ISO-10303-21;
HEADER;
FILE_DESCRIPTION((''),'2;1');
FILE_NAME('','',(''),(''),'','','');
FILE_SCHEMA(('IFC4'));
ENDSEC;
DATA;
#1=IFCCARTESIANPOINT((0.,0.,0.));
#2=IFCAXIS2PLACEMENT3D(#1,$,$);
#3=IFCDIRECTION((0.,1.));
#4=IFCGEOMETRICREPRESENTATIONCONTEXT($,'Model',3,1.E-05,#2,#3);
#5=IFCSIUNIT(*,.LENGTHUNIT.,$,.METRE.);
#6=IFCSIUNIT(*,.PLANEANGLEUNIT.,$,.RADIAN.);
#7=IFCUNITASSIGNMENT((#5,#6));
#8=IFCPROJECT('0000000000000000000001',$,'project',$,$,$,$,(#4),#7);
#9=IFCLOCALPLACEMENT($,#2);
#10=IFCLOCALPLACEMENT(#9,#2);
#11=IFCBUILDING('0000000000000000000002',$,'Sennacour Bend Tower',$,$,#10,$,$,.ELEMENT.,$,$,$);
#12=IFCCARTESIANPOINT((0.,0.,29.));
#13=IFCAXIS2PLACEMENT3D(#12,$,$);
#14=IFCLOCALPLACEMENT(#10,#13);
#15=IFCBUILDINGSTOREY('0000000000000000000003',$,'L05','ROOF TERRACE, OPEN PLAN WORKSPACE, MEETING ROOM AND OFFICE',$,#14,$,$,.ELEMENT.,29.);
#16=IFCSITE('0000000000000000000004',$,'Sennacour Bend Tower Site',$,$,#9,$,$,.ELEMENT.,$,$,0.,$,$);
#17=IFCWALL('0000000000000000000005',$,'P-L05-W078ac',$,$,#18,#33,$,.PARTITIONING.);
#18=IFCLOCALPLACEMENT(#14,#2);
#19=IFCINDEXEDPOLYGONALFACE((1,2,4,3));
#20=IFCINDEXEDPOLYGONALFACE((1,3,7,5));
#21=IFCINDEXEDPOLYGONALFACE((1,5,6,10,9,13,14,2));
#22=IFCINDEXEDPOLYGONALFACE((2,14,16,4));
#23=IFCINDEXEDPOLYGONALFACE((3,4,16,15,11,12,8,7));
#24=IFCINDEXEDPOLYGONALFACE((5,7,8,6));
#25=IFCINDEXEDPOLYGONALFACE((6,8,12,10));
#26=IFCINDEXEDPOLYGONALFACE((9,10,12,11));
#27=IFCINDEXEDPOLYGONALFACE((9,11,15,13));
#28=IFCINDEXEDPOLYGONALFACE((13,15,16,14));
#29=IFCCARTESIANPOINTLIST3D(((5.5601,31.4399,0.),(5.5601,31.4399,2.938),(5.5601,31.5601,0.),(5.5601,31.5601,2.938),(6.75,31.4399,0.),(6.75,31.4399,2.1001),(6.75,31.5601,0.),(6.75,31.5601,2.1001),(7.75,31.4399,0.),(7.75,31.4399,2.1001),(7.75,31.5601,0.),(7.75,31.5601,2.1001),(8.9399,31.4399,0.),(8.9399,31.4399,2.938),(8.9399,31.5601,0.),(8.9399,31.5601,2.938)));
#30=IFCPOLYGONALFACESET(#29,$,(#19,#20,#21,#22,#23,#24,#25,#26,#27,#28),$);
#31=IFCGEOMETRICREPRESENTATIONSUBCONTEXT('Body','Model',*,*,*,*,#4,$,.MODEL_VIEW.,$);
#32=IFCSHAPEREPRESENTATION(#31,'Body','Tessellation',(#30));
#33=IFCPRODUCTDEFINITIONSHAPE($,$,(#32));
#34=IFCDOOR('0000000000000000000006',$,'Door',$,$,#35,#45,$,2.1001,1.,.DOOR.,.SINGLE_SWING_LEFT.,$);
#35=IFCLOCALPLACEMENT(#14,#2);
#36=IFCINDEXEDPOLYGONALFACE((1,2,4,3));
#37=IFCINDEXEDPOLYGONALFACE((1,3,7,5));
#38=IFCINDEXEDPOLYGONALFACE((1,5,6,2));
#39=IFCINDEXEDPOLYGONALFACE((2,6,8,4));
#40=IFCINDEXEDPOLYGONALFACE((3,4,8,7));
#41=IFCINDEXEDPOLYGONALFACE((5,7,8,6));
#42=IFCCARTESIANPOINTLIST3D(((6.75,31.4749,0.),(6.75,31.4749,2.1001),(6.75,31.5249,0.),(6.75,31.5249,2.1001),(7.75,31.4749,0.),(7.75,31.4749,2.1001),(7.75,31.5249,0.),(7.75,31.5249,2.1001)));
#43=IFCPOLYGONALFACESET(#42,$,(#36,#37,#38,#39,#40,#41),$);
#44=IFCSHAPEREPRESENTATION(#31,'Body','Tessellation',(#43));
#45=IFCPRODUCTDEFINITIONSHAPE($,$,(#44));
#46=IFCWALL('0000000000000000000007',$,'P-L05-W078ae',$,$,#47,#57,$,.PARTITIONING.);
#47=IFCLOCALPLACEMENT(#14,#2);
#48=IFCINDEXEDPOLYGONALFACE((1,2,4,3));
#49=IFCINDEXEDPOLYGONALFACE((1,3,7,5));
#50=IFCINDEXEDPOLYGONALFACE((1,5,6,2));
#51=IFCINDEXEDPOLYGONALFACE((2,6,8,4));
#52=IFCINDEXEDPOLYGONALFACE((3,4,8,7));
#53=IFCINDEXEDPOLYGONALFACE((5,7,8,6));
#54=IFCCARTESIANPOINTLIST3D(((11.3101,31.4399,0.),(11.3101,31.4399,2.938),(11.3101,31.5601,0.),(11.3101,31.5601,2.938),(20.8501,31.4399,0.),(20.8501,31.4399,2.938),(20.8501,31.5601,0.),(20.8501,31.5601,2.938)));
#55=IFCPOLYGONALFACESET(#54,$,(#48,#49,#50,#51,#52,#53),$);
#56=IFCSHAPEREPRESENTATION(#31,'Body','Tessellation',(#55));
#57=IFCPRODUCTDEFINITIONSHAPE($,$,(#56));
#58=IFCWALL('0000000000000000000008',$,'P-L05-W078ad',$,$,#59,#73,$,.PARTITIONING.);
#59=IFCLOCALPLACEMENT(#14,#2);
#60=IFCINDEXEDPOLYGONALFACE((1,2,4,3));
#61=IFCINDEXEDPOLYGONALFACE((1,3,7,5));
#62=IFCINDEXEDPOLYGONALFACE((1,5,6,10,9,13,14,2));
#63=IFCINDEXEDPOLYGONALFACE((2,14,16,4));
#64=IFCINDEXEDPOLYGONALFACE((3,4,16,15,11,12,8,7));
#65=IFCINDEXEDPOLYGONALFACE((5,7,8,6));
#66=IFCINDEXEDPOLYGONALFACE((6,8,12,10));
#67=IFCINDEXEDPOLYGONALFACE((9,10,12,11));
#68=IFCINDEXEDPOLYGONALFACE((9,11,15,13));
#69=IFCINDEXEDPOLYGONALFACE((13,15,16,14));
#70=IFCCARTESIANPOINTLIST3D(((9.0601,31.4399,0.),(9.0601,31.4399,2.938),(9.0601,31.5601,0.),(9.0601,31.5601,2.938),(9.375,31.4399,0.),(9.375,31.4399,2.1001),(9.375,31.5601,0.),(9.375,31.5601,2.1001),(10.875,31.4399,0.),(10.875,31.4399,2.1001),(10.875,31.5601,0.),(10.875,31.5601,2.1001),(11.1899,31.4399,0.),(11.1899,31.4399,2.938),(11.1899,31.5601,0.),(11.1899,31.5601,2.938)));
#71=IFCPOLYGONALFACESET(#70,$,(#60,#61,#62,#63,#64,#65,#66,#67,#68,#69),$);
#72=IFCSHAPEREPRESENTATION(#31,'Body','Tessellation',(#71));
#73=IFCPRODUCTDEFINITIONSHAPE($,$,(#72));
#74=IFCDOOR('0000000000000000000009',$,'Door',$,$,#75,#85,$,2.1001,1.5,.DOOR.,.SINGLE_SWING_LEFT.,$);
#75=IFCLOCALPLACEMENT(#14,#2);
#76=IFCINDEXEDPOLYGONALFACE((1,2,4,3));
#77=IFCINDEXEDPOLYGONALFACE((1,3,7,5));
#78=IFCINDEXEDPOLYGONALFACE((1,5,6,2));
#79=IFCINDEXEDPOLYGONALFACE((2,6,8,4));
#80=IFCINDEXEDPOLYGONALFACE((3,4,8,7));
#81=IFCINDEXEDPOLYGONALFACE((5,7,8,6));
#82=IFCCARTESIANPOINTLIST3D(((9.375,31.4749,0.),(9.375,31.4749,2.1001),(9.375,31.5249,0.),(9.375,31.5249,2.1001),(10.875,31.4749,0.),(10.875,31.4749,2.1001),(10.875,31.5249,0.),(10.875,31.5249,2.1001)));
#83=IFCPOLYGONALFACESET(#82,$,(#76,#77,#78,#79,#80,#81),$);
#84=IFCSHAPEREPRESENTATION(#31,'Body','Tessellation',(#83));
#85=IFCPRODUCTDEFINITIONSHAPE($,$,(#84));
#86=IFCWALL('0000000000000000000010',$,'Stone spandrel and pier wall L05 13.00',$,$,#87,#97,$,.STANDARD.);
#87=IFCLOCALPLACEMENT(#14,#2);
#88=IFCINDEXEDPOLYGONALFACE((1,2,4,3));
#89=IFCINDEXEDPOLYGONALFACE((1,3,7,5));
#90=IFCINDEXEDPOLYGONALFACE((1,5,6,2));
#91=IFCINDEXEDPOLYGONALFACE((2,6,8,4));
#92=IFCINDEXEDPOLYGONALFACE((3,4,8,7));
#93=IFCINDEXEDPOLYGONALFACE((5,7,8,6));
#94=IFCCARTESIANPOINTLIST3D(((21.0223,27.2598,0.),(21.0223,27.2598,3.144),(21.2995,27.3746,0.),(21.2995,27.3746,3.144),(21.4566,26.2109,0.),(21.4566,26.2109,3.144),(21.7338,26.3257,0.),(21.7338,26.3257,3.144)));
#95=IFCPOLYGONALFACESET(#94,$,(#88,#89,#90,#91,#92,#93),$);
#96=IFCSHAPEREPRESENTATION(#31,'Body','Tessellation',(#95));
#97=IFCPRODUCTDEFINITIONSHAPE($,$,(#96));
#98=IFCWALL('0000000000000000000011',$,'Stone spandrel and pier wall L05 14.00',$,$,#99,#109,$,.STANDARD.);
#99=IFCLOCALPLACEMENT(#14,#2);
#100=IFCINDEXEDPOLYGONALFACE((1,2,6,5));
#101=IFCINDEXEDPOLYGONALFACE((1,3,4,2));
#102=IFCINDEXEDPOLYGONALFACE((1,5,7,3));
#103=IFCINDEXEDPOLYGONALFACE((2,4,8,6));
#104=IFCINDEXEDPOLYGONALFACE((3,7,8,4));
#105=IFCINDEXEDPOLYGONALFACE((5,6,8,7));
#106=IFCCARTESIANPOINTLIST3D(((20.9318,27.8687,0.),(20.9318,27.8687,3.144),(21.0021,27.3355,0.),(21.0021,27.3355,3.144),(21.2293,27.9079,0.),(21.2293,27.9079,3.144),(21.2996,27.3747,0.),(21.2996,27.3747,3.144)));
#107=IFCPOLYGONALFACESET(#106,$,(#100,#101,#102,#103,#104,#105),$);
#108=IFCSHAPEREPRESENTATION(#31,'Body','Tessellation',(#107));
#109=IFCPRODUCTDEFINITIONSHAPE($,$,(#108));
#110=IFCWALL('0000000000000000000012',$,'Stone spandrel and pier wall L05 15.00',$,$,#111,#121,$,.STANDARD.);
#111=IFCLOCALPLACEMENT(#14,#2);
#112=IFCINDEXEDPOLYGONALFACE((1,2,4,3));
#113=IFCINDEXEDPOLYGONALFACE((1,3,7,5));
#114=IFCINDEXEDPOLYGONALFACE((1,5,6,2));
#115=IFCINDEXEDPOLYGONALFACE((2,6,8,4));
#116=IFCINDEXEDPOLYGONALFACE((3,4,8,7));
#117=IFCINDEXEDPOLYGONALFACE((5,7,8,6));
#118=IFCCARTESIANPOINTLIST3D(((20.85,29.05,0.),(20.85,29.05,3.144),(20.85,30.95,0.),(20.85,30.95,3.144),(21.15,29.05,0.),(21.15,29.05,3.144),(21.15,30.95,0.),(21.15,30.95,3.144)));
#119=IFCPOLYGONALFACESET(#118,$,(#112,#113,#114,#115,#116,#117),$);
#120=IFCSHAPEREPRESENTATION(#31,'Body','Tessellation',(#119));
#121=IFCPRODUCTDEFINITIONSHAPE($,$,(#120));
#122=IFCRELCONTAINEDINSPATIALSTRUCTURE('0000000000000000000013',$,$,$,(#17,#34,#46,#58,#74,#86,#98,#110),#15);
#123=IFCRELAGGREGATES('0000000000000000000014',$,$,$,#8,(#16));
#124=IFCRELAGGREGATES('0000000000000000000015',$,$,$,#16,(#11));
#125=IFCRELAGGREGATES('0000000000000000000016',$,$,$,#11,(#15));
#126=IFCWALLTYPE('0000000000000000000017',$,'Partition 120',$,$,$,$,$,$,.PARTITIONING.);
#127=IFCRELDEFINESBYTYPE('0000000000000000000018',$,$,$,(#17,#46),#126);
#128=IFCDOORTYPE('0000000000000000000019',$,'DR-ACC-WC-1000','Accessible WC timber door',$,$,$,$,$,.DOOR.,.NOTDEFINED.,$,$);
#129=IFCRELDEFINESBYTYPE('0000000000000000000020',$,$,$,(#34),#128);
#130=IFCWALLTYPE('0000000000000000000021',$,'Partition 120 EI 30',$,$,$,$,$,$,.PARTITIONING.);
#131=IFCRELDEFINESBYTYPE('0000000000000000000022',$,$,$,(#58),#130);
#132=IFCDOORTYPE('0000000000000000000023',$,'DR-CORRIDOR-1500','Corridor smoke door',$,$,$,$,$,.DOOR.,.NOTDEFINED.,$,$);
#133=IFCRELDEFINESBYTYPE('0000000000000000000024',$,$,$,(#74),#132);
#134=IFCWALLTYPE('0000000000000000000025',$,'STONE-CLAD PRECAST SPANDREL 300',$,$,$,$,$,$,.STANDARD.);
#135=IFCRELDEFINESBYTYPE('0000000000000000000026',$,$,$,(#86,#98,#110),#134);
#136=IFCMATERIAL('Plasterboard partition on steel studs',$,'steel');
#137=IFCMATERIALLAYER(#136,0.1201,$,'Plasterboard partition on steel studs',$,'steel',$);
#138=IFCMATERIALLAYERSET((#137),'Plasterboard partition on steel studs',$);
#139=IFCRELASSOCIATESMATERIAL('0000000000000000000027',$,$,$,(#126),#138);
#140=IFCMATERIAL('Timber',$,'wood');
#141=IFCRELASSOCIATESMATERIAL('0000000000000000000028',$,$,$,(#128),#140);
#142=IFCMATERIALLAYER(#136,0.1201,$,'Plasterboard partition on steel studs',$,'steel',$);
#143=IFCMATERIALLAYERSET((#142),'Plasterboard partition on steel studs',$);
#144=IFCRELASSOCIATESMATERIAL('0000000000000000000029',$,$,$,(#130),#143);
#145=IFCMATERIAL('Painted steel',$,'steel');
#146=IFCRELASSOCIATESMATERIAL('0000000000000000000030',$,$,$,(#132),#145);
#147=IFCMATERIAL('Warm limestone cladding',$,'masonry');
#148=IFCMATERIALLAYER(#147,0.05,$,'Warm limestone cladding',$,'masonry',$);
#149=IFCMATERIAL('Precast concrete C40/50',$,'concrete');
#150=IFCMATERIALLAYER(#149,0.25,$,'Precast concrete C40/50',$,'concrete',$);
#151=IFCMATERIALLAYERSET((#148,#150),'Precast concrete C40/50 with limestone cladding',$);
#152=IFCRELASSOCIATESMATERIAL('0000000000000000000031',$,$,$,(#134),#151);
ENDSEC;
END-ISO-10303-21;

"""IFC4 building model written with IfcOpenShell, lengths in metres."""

from ifc_helpers import new_model, si_unit, direction, frame, frame_2d, origin, place, context, subcontext, project, spatial, rectangle, extrude, material, layer, layer_set, type_object, element, fill, save


model = new_model("IFC4")

# Units and contexts
model_context = context("Model", 3, precision=1e-05, world=origin(), true_north=direction((0.0, 1.0)))
body_context = subcontext(model_context, "Body", "Model", "MODEL_VIEW")
ifc_project = project(units=[si_unit("LENGTHUNIT", "METRE"), si_unit("PLANEANGLEUNIT", "RADIAN")], contexts=[model_context])

# Site, building, storey
site_placement = place(None, origin())
site = spatial("IfcSite", under=ifc_project, at=site_placement, Name="Sennacour Bend Tower Site", CompositionType="ELEMENT", RefElevation=0.0)
building_placement = place(site_placement, origin())
building = spatial("IfcBuilding", under=site, at=building_placement, Name="Sennacour Bend Tower", CompositionType="ELEMENT")
storey_placement = place(building_placement, frame((0.0, 0.0, 29.0)))
storey = spatial("IfcBuildingStorey", under=building, at=storey_placement, Name="L05", Description="ROOF TERRACE, OPEN PLAN WORKSPACE, MEETING ROOM AND OFFICE", CompositionType="ELEMENT", Elevation=29.0)

# Shared definitions
ifc_material_1 = material(Name="Plasterboard partition on steel studs", Category="steel")
ifc_layer_1 = layer(ifc_material_1, 0.1201, Name="Plasterboard partition on steel studs", Category="steel")
ifc_layer_set_1 = layer_set([ifc_layer_1], Name="Plasterboard partition on steel studs")
wall_type_1 = type_object("IfcWallType", Name="Partition 120", PredefinedType="PARTITIONING", material=ifc_layer_set_1)

# Wall, opening, door
wall_1_placement = place(storey_placement, frame((5.5601, 31.5, 0.0), z_axis=(0.0, 0.0, 1.0), x_axis=(1.0, 0.0, 0.0)))
wall_1 = element("IfcWall", 1, at=wall_1_placement, inside=storey, type_object=wall_type_1, Name="P-L05-W078ac", PredefinedType="PARTITIONING", context=body_context, shape_type="SweptSolid", body=[
    extrude(rectangle(XDim=3.3799, YDim=0.1201, at=frame_2d((1.6899, 0.0))), origin(), (0.0, 0.0, 1.0), 2.938),
])
opening_1_placement = place(wall_1_placement, frame((1.1899, 0.0, 0.0)))
opening_1 = element("IfcOpeningElement", 2, at=opening_1_placement, cuts=wall_1, PredefinedType="OPENING", context=body_context, shape_type="SweptSolid", body=[
    extrude(rectangle(XDim=1.0, YDim=2.1001, at=frame_2d((0.5, 1.05))), frame((0.0, 0.0701, 0.0), z_axis=(0.0, -1.0, 0.0), x_axis=(1.0, 0.0, 0.0)), (0.0, 0.0, 1.0), 0.1401),
])
ifc_material_2 = material(Name="Timber", Category="wood")
door_type_1 = type_object("IfcDoorType", Name="DR-ACC-WC-1000", Description="Accessible WC timber door", OperationType="NOTDEFINED", PredefinedType="DOOR", material=ifc_material_2)
door_1_placement = place(opening_1_placement, origin())
door_1 = element("IfcDoor", 3, at=door_1_placement, inside=storey, type_object=door_type_1, Name="Door", OperationType="SINGLE_SWING_LEFT", OverallHeight=2.1001, OverallWidth=1.0, PredefinedType="DOOR", context=body_context, shape_type="SweptSolid", body=[
    extrude(rectangle(XDim=1.0, YDim=2.1001, at=frame_2d((0.5, 1.05))), frame((0.0, 0.0249, 0.0), z_axis=(0.0, -1.0, 0.0), x_axis=(1.0, 0.0, 0.0)), (0.0, 0.0, 1.0), 0.05),
])
fill(opening_1, door_1)

# Wall
wall_2_placement = place(storey_placement, frame((11.3101, 31.5, 0.0), z_axis=(0.0, 0.0, 1.0), x_axis=(1.0, 0.0, 0.0)))
element("IfcWall", 4, at=wall_2_placement, inside=storey, type_object=wall_type_1, Name="P-L05-W078ae", PredefinedType="PARTITIONING", context=body_context, shape_type="SweptSolid", body=[
    extrude(rectangle(XDim=9.54, YDim=0.1201, at=frame_2d((4.77, 0.0))), origin(), (0.0, 0.0, 1.0), 2.938),
])

# Wall, opening, door
ifc_layer_2 = layer(ifc_material_1, 0.1201, Name="Plasterboard partition on steel studs", Category="steel")
ifc_layer_set_2 = layer_set([ifc_layer_2], Name="Plasterboard partition on steel studs")
wall_type_2 = type_object("IfcWallType", Name="Partition 120 EI 30", PredefinedType="PARTITIONING", material=ifc_layer_set_2)
wall_3_placement = place(storey_placement, frame((9.0601, 31.5, 0.0), z_axis=(0.0, 0.0, 1.0), x_axis=(1.0, 0.0, 0.0)))
wall_3 = element("IfcWall", 5, at=wall_3_placement, inside=storey, type_object=wall_type_2, Name="P-L05-W078ad", PredefinedType="PARTITIONING", context=body_context, shape_type="SweptSolid", body=[
    extrude(rectangle(XDim=2.1299, YDim=0.1201, at=frame_2d((1.0649, 0.0))), origin(), (0.0, 0.0, 1.0), 2.938),
])
opening_2_placement = place(wall_3_placement, frame((0.3149, 0.0, 0.0)))
opening_2 = element("IfcOpeningElement", 6, at=opening_2_placement, cuts=wall_3, PredefinedType="OPENING", context=body_context, shape_type="SweptSolid", body=[
    extrude(rectangle(XDim=1.5, YDim=2.1001, at=frame_2d((0.75, 1.05))), frame((0.0, 0.0701, 0.0), z_axis=(0.0, -1.0, 0.0), x_axis=(1.0, 0.0, 0.0)), (0.0, 0.0, 1.0), 0.1401),
])
ifc_material_3 = material(Name="Painted steel", Category="steel")
door_type_2 = type_object("IfcDoorType", Name="DR-CORRIDOR-1500", Description="Corridor smoke door", OperationType="NOTDEFINED", PredefinedType="DOOR", material=ifc_material_3)
door_2_placement = place(opening_2_placement, origin())
door_2 = element("IfcDoor", 7, at=door_2_placement, inside=storey, type_object=door_type_2, Name="Door", OperationType="SINGLE_SWING_LEFT", OverallHeight=2.1001, OverallWidth=1.5, PredefinedType="DOOR", context=body_context, shape_type="SweptSolid", body=[
    extrude(rectangle(XDim=1.5, YDim=2.1001, at=frame_2d((0.75, 1.05))), frame((0.0, 0.0249, 0.0), z_axis=(0.0, -1.0, 0.0), x_axis=(1.0, 0.0, 0.0)), (0.0, 0.0, 1.0), 0.05),
])
fill(opening_2, door_2)

# Walls
ifc_material_4 = material(Name="Warm limestone cladding", Category="masonry")
ifc_layer_3 = layer(ifc_material_4, 0.05, Name="Warm limestone cladding", Category="masonry")
ifc_material_5 = material(Name="Precast concrete C40/50", Category="concrete")
ifc_layer_4 = layer(ifc_material_5, 0.25, Name="Precast concrete C40/50", Category="concrete")
ifc_layer_set_3 = layer_set([ifc_layer_3, ifc_layer_4], Name="Precast concrete C40/50 with limestone cladding")
wall_type_3 = type_object("IfcWallType", Name="STONE-CLAD PRECAST SPANDREL 300", PredefinedType="STANDARD", material=ifc_layer_set_3)
wall_4_placement = place(storey_placement, frame((21.5952, 26.2683, 0.0), z_axis=(0.0, 0.0, 1.0), x_axis=(-0.382599, 0.923915, 0.0)))
element("IfcWall", 8, at=wall_4_placement, inside=storey, type_object=wall_type_3, Name="Stone spandrel and pier wall L05 13.00", PredefinedType="STANDARD", context=body_context, shape_type="SweptSolid", body=[
    extrude(rectangle(XDim=1.1353, YDim=0.3, at=frame_2d((0.5676, 0.0))), origin(), (0.0, 0.0, 1.0), 3.144),
])
wall_5_placement = place(storey_placement, frame((21.1509, 27.355, 0.0), z_axis=(0.0, 0.0, 1.0), x_axis=(-0.130736, 0.991417, 0.0)))
element("IfcWall", 9, at=wall_5_placement, inside=storey, type_object=wall_type_3, Name="Stone spandrel and pier wall L05 14.00", PredefinedType="STANDARD", context=body_context, shape_type="SweptSolid", body=[
    extrude(rectangle(XDim=0.5378, YDim=0.3, at=frame_2d((0.269, 0.0))), origin(), (0.0, 0.0, 1.0), 3.144),
])
wall_6_placement = place(storey_placement, frame((21.0, 29.05, 0.0), z_axis=(0.0, 0.0, 1.0), x_axis=(0.0, 1.0, 0.0)))
element("IfcWall", 10, at=wall_6_placement, inside=storey, type_object=wall_type_3, Name="Stone spandrel and pier wall L05 15.00", PredefinedType="STANDARD", context=body_context, shape_type="SweptSolid", body=[
    extrude(rectangle(XDim=1.8999, YDim=0.3, at=frame_2d((0.95, 0.0))), origin(), (0.0, 0.0, 1.0), 3.144),
])

save(model, "model.ifc")
